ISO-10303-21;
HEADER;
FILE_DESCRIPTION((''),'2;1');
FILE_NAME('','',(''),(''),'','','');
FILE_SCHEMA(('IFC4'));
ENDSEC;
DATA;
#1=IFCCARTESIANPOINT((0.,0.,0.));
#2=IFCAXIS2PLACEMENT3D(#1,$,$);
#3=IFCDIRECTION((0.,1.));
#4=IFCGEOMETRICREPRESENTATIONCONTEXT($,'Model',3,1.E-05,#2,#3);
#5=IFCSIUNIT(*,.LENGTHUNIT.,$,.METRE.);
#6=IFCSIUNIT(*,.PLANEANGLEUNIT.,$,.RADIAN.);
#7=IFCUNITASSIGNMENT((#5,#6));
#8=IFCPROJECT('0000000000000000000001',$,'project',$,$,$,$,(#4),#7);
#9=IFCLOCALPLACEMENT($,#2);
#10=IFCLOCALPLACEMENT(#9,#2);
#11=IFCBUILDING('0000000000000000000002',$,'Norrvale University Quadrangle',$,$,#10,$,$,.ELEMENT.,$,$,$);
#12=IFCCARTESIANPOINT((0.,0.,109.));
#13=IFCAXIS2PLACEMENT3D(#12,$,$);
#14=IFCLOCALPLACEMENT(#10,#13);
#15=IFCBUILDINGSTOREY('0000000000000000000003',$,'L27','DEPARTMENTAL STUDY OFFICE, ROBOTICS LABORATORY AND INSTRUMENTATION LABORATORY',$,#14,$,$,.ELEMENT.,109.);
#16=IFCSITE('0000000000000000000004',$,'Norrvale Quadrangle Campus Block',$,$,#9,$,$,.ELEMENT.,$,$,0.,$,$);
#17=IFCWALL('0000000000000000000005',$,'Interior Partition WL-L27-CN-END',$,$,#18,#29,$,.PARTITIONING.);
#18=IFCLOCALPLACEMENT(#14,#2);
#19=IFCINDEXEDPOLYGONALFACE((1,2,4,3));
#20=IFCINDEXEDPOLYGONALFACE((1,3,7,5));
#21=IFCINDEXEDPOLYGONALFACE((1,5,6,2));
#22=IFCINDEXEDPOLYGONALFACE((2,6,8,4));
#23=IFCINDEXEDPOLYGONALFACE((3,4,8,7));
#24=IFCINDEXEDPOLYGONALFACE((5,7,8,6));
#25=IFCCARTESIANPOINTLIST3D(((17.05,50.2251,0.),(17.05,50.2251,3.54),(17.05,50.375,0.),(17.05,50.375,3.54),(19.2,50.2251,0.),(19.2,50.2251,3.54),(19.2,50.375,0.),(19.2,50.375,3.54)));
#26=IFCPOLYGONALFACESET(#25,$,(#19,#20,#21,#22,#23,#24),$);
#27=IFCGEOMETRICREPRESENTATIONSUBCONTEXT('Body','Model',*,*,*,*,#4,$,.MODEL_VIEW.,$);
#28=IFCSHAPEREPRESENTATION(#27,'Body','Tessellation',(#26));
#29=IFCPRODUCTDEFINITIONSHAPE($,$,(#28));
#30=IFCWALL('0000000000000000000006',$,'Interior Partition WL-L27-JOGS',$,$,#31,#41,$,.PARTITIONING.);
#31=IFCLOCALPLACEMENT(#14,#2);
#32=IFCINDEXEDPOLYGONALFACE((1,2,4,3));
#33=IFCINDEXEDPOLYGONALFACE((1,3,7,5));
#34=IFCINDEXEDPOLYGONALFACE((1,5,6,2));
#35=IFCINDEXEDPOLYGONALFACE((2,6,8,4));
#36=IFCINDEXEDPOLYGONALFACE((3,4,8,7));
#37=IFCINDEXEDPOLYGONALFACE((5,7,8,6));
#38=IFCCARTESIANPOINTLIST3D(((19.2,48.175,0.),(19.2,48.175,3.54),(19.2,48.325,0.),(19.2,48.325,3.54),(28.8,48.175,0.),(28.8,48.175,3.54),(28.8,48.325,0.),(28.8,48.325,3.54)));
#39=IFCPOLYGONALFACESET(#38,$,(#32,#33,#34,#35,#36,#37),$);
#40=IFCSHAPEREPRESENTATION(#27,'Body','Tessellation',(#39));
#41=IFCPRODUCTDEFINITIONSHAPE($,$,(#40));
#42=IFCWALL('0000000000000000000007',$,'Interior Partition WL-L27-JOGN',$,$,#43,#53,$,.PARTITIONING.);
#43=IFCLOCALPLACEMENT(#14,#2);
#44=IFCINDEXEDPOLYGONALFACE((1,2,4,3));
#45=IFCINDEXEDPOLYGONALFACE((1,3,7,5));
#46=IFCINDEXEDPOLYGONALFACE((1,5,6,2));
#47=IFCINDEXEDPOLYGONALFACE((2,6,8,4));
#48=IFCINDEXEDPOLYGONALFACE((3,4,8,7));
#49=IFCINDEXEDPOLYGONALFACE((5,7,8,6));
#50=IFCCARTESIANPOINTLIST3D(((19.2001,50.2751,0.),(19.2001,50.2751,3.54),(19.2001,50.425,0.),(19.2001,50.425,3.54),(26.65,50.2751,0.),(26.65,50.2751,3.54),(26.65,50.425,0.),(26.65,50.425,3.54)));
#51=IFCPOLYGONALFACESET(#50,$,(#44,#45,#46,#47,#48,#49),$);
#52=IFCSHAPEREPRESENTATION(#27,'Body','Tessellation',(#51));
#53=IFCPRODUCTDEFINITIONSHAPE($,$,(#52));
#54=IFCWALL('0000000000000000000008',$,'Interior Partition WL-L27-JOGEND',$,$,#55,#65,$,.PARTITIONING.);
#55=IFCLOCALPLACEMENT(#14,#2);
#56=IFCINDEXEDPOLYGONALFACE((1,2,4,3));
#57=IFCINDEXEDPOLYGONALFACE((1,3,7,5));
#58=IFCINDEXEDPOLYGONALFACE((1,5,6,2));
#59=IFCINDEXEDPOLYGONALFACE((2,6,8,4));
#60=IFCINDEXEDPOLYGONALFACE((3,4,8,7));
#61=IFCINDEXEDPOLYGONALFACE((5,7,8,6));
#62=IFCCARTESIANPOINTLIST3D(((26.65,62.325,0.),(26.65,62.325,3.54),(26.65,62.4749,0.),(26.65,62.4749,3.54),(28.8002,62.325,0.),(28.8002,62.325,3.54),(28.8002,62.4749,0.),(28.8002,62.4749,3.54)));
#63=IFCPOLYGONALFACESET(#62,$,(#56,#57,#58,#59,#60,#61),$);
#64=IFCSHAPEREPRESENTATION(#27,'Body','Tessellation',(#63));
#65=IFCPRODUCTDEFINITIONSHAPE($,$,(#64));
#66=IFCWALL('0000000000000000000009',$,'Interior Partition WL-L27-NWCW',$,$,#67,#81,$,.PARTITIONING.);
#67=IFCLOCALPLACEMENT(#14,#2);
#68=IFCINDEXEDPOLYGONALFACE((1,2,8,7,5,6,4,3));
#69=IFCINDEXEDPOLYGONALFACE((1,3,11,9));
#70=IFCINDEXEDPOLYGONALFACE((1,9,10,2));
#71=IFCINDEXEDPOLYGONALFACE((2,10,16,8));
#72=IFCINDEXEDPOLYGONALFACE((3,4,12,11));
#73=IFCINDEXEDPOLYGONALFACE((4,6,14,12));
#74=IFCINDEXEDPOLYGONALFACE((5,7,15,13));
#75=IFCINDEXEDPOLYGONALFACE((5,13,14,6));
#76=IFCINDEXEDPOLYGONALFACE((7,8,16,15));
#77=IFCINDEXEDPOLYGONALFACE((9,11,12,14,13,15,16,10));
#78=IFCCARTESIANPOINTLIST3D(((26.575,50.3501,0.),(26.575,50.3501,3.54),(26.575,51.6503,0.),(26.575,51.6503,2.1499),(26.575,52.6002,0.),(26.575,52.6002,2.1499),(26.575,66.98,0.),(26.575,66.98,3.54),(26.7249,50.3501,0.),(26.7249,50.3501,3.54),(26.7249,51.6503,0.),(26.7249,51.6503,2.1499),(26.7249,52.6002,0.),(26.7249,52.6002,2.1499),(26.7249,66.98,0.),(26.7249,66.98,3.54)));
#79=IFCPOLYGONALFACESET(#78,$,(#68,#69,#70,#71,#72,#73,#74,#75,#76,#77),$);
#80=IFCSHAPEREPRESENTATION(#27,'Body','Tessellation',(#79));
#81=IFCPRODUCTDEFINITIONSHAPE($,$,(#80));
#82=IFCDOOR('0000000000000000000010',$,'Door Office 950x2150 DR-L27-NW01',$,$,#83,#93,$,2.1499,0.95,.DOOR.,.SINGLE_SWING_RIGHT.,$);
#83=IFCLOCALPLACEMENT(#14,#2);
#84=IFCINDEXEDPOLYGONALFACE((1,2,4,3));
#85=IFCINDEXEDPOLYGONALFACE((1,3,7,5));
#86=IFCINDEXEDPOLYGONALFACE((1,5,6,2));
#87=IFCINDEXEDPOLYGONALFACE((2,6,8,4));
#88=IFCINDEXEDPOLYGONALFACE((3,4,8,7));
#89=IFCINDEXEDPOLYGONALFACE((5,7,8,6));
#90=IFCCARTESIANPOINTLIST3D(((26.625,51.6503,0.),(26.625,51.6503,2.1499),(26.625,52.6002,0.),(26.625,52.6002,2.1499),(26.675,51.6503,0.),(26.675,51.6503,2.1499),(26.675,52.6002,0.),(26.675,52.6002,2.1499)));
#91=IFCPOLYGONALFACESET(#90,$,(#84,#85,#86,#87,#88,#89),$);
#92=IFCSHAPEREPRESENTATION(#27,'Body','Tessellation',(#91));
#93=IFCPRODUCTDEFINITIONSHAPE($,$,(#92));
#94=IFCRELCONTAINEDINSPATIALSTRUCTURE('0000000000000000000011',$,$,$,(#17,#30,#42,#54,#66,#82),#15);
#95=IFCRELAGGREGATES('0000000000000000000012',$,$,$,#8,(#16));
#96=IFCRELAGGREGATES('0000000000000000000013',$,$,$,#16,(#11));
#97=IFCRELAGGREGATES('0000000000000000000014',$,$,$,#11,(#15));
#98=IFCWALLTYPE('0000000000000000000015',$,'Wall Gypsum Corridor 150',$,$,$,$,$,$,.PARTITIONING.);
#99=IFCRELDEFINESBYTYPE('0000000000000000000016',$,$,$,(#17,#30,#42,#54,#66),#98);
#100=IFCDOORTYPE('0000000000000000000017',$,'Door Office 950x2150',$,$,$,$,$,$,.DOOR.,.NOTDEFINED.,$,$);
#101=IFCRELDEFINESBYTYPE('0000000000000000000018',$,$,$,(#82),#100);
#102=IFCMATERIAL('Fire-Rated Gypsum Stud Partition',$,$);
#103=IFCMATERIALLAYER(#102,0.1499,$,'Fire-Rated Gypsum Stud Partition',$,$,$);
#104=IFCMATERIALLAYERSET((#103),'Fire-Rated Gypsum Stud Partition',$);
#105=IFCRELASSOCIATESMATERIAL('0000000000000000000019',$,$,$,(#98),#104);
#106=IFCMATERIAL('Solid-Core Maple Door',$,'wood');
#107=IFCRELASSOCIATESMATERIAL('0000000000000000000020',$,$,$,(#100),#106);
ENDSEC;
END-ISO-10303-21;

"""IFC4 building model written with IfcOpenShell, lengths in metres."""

from ifc_helpers import new_model, si_unit, direction, frame, frame_2d, origin, place, context, subcontext, project, spatial, rectangle, extrude, material, layer, layer_set, type_object, element, fill, save


model = new_model("IFC4")

# Units and contexts
model_context = context("Model", 3, precision=1e-05, world=origin(), true_north=direction((0.0, 1.0)))
body_context = subcontext(model_context, "Body", "Model", "MODEL_VIEW")
ifc_project = project(units=[si_unit("LENGTHUNIT", "METRE"), si_unit("PLANEANGLEUNIT", "RADIAN")], contexts=[model_context])

# Site, building, storey
site_placement = place(None, origin())
site = spatial("IfcSite", under=ifc_project, at=site_placement, Name="Norrvale Quadrangle Campus Block", CompositionType="ELEMENT", RefElevation=0.0)
building_placement = place(site_placement, origin())
building = spatial("IfcBuilding", under=site, at=building_placement, Name="Norrvale University Quadrangle", CompositionType="ELEMENT")
storey_placement = place(building_placement, frame((0.0, 0.0, 109.0)))
storey = spatial("IfcBuildingStorey", under=building, at=storey_placement, Name="L27", Description="DEPARTMENTAL STUDY OFFICE, ROBOTICS LABORATORY AND INSTRUMENTATION LABORATORY", CompositionType="ELEMENT", Elevation=109.0)

# Walls
ifc_material_1 = material(Name="Fire-Rated Gypsum Stud Partition")
ifc_layer = layer(ifc_material_1, 0.1499, Name="Fire-Rated Gypsum Stud Partition")
ifc_layer_set = layer_set([ifc_layer], Name="Fire-Rated Gypsum Stud Partition")
wall_type = type_object("IfcWallType", Name="Wall Gypsum Corridor 150", PredefinedType="PARTITIONING", material=ifc_layer_set)
wall_1_placement = place(storey_placement, frame((17.05, 50.3, 0.0), z_axis=(0.0, 0.0, 1.0), x_axis=(1.0, 0.0, 0.0)))
element("IfcWall", 1, at=wall_1_placement, inside=storey, type_object=wall_type, Name="Interior Partition WL-L27-CN-END", PredefinedType="PARTITIONING", context=body_context, shape_type="SweptSolid", body=[
    extrude(rectangle(XDim=2.1499, YDim=0.1499, at=frame_2d((1.075, 0.0))), origin(), (0.0, 0.0, 1.0), 3.54),
])
wall_2_placement = place(storey_placement, frame((19.2, 48.25, 0.0), z_axis=(0.0, 0.0, 1.0), x_axis=(1.0, 0.0, 0.0)))
element("IfcWall", 2, at=wall_2_placement, inside=storey, type_object=wall_type, Name="Interior Partition WL-L27-JOGS", PredefinedType="PARTITIONING", context=body_context, shape_type="SweptSolid", body=[
    extrude(rectangle(XDim=9.6001, YDim=0.1499, at=frame_2d((4.8, 0.0))), origin(), (0.0, 0.0, 1.0), 3.54),
])
wall_3_placement = place(storey_placement, frame((19.2, 50.3501, 0.0), z_axis=(0.0, 0.0, 1.0), x_axis=(1.0, 0.0, 0.0)))
element("IfcWall", 3, at=wall_3_placement, inside=storey, type_object=wall_type, Name="Interior Partition WL-L27-JOGN", PredefinedType="PARTITIONING", context=body_context, shape_type="SweptSolid", body=[
    extrude(rectangle(XDim=7.45, YDim=0.1499, at=frame_2d((3.7251, 0.0))), origin(), (0.0, 0.0, 1.0), 3.54),
])
wall_4_placement = place(storey_placement, frame((26.6499, 62.3999, 0.0), z_axis=(0.0, 0.0, 1.0), x_axis=(1.0, 0.0, 0.0)))
element("IfcWall", 4, at=wall_4_placement, inside=storey, type_object=wall_type, Name="Interior Partition WL-L27-JOGEND", PredefinedType="PARTITIONING", context=body_context, shape_type="SweptSolid", body=[
    extrude(rectangle(XDim=2.1501, YDim=0.1499, at=frame_2d((1.0752, 0.0))), origin(), (0.0, 0.0, 1.0), 3.54),
])

# Wall, opening, door
wall_5_placement = place(storey_placement, frame((26.6499, 50.3501, 0.0), z_axis=(0.0, 0.0, 1.0), x_axis=(0.0, 1.0, 0.0)))
wall_5 = element("IfcWall", 5, at=wall_5_placement, inside=storey, type_object=wall_type, Name="Interior Partition WL-L27-NWCW", PredefinedType="PARTITIONING", context=body_context, shape_type="SweptSolid", body=[
    extrude(rectangle(XDim=16.6299, YDim=0.1499, at=frame_2d((8.3149, 0.0))), origin(), (0.0, 0.0, 1.0), 3.54),
])
opening_placement = place(wall_5_placement, frame((1.3, 0.0, 0.0)))
opening = element("IfcOpeningElement", 6, at=opening_placement, cuts=wall_5, PredefinedType="OPENING", context=body_context, shape_type="SweptSolid", body=[
    extrude(rectangle(XDim=0.95, YDim=2.1499, at=frame_2d((0.4751, 1.075))), frame((0.0, 0.0869, 0.0), z_axis=(0.0, -1.0, 0.0), x_axis=(1.0, 0.0, 0.0)), (0.0, 0.0, 1.0), 0.1738),
])
ifc_material_2 = material(Name="Solid-Core Maple Door", Category="wood")
door_type = type_object("IfcDoorType", Name="Door Office 950x2150", OperationType="NOTDEFINED", PredefinedType="DOOR", material=ifc_material_2)
door_placement = place(opening_placement, origin())
door = element("IfcDoor", 7, at=door_placement, inside=storey, type_object=door_type, Name="Door Office 950x2150 DR-L27-NW01", OperationType="SINGLE_SWING_RIGHT", OverallHeight=2.1499, OverallWidth=0.95, PredefinedType="DOOR", context=body_context, shape_type="SweptSolid", body=[
    extrude(rectangle(XDim=0.95, YDim=2.1499, at=frame_2d((0.4751, 1.075))), frame((0.0, 0.0249, 0.0), z_axis=(0.0, -1.0, 0.0), x_axis=(1.0, 0.0, 0.0)), (0.0, 0.0, 1.0), 0.05),
])
fill(opening, door)

save(model, "model.ifc")
